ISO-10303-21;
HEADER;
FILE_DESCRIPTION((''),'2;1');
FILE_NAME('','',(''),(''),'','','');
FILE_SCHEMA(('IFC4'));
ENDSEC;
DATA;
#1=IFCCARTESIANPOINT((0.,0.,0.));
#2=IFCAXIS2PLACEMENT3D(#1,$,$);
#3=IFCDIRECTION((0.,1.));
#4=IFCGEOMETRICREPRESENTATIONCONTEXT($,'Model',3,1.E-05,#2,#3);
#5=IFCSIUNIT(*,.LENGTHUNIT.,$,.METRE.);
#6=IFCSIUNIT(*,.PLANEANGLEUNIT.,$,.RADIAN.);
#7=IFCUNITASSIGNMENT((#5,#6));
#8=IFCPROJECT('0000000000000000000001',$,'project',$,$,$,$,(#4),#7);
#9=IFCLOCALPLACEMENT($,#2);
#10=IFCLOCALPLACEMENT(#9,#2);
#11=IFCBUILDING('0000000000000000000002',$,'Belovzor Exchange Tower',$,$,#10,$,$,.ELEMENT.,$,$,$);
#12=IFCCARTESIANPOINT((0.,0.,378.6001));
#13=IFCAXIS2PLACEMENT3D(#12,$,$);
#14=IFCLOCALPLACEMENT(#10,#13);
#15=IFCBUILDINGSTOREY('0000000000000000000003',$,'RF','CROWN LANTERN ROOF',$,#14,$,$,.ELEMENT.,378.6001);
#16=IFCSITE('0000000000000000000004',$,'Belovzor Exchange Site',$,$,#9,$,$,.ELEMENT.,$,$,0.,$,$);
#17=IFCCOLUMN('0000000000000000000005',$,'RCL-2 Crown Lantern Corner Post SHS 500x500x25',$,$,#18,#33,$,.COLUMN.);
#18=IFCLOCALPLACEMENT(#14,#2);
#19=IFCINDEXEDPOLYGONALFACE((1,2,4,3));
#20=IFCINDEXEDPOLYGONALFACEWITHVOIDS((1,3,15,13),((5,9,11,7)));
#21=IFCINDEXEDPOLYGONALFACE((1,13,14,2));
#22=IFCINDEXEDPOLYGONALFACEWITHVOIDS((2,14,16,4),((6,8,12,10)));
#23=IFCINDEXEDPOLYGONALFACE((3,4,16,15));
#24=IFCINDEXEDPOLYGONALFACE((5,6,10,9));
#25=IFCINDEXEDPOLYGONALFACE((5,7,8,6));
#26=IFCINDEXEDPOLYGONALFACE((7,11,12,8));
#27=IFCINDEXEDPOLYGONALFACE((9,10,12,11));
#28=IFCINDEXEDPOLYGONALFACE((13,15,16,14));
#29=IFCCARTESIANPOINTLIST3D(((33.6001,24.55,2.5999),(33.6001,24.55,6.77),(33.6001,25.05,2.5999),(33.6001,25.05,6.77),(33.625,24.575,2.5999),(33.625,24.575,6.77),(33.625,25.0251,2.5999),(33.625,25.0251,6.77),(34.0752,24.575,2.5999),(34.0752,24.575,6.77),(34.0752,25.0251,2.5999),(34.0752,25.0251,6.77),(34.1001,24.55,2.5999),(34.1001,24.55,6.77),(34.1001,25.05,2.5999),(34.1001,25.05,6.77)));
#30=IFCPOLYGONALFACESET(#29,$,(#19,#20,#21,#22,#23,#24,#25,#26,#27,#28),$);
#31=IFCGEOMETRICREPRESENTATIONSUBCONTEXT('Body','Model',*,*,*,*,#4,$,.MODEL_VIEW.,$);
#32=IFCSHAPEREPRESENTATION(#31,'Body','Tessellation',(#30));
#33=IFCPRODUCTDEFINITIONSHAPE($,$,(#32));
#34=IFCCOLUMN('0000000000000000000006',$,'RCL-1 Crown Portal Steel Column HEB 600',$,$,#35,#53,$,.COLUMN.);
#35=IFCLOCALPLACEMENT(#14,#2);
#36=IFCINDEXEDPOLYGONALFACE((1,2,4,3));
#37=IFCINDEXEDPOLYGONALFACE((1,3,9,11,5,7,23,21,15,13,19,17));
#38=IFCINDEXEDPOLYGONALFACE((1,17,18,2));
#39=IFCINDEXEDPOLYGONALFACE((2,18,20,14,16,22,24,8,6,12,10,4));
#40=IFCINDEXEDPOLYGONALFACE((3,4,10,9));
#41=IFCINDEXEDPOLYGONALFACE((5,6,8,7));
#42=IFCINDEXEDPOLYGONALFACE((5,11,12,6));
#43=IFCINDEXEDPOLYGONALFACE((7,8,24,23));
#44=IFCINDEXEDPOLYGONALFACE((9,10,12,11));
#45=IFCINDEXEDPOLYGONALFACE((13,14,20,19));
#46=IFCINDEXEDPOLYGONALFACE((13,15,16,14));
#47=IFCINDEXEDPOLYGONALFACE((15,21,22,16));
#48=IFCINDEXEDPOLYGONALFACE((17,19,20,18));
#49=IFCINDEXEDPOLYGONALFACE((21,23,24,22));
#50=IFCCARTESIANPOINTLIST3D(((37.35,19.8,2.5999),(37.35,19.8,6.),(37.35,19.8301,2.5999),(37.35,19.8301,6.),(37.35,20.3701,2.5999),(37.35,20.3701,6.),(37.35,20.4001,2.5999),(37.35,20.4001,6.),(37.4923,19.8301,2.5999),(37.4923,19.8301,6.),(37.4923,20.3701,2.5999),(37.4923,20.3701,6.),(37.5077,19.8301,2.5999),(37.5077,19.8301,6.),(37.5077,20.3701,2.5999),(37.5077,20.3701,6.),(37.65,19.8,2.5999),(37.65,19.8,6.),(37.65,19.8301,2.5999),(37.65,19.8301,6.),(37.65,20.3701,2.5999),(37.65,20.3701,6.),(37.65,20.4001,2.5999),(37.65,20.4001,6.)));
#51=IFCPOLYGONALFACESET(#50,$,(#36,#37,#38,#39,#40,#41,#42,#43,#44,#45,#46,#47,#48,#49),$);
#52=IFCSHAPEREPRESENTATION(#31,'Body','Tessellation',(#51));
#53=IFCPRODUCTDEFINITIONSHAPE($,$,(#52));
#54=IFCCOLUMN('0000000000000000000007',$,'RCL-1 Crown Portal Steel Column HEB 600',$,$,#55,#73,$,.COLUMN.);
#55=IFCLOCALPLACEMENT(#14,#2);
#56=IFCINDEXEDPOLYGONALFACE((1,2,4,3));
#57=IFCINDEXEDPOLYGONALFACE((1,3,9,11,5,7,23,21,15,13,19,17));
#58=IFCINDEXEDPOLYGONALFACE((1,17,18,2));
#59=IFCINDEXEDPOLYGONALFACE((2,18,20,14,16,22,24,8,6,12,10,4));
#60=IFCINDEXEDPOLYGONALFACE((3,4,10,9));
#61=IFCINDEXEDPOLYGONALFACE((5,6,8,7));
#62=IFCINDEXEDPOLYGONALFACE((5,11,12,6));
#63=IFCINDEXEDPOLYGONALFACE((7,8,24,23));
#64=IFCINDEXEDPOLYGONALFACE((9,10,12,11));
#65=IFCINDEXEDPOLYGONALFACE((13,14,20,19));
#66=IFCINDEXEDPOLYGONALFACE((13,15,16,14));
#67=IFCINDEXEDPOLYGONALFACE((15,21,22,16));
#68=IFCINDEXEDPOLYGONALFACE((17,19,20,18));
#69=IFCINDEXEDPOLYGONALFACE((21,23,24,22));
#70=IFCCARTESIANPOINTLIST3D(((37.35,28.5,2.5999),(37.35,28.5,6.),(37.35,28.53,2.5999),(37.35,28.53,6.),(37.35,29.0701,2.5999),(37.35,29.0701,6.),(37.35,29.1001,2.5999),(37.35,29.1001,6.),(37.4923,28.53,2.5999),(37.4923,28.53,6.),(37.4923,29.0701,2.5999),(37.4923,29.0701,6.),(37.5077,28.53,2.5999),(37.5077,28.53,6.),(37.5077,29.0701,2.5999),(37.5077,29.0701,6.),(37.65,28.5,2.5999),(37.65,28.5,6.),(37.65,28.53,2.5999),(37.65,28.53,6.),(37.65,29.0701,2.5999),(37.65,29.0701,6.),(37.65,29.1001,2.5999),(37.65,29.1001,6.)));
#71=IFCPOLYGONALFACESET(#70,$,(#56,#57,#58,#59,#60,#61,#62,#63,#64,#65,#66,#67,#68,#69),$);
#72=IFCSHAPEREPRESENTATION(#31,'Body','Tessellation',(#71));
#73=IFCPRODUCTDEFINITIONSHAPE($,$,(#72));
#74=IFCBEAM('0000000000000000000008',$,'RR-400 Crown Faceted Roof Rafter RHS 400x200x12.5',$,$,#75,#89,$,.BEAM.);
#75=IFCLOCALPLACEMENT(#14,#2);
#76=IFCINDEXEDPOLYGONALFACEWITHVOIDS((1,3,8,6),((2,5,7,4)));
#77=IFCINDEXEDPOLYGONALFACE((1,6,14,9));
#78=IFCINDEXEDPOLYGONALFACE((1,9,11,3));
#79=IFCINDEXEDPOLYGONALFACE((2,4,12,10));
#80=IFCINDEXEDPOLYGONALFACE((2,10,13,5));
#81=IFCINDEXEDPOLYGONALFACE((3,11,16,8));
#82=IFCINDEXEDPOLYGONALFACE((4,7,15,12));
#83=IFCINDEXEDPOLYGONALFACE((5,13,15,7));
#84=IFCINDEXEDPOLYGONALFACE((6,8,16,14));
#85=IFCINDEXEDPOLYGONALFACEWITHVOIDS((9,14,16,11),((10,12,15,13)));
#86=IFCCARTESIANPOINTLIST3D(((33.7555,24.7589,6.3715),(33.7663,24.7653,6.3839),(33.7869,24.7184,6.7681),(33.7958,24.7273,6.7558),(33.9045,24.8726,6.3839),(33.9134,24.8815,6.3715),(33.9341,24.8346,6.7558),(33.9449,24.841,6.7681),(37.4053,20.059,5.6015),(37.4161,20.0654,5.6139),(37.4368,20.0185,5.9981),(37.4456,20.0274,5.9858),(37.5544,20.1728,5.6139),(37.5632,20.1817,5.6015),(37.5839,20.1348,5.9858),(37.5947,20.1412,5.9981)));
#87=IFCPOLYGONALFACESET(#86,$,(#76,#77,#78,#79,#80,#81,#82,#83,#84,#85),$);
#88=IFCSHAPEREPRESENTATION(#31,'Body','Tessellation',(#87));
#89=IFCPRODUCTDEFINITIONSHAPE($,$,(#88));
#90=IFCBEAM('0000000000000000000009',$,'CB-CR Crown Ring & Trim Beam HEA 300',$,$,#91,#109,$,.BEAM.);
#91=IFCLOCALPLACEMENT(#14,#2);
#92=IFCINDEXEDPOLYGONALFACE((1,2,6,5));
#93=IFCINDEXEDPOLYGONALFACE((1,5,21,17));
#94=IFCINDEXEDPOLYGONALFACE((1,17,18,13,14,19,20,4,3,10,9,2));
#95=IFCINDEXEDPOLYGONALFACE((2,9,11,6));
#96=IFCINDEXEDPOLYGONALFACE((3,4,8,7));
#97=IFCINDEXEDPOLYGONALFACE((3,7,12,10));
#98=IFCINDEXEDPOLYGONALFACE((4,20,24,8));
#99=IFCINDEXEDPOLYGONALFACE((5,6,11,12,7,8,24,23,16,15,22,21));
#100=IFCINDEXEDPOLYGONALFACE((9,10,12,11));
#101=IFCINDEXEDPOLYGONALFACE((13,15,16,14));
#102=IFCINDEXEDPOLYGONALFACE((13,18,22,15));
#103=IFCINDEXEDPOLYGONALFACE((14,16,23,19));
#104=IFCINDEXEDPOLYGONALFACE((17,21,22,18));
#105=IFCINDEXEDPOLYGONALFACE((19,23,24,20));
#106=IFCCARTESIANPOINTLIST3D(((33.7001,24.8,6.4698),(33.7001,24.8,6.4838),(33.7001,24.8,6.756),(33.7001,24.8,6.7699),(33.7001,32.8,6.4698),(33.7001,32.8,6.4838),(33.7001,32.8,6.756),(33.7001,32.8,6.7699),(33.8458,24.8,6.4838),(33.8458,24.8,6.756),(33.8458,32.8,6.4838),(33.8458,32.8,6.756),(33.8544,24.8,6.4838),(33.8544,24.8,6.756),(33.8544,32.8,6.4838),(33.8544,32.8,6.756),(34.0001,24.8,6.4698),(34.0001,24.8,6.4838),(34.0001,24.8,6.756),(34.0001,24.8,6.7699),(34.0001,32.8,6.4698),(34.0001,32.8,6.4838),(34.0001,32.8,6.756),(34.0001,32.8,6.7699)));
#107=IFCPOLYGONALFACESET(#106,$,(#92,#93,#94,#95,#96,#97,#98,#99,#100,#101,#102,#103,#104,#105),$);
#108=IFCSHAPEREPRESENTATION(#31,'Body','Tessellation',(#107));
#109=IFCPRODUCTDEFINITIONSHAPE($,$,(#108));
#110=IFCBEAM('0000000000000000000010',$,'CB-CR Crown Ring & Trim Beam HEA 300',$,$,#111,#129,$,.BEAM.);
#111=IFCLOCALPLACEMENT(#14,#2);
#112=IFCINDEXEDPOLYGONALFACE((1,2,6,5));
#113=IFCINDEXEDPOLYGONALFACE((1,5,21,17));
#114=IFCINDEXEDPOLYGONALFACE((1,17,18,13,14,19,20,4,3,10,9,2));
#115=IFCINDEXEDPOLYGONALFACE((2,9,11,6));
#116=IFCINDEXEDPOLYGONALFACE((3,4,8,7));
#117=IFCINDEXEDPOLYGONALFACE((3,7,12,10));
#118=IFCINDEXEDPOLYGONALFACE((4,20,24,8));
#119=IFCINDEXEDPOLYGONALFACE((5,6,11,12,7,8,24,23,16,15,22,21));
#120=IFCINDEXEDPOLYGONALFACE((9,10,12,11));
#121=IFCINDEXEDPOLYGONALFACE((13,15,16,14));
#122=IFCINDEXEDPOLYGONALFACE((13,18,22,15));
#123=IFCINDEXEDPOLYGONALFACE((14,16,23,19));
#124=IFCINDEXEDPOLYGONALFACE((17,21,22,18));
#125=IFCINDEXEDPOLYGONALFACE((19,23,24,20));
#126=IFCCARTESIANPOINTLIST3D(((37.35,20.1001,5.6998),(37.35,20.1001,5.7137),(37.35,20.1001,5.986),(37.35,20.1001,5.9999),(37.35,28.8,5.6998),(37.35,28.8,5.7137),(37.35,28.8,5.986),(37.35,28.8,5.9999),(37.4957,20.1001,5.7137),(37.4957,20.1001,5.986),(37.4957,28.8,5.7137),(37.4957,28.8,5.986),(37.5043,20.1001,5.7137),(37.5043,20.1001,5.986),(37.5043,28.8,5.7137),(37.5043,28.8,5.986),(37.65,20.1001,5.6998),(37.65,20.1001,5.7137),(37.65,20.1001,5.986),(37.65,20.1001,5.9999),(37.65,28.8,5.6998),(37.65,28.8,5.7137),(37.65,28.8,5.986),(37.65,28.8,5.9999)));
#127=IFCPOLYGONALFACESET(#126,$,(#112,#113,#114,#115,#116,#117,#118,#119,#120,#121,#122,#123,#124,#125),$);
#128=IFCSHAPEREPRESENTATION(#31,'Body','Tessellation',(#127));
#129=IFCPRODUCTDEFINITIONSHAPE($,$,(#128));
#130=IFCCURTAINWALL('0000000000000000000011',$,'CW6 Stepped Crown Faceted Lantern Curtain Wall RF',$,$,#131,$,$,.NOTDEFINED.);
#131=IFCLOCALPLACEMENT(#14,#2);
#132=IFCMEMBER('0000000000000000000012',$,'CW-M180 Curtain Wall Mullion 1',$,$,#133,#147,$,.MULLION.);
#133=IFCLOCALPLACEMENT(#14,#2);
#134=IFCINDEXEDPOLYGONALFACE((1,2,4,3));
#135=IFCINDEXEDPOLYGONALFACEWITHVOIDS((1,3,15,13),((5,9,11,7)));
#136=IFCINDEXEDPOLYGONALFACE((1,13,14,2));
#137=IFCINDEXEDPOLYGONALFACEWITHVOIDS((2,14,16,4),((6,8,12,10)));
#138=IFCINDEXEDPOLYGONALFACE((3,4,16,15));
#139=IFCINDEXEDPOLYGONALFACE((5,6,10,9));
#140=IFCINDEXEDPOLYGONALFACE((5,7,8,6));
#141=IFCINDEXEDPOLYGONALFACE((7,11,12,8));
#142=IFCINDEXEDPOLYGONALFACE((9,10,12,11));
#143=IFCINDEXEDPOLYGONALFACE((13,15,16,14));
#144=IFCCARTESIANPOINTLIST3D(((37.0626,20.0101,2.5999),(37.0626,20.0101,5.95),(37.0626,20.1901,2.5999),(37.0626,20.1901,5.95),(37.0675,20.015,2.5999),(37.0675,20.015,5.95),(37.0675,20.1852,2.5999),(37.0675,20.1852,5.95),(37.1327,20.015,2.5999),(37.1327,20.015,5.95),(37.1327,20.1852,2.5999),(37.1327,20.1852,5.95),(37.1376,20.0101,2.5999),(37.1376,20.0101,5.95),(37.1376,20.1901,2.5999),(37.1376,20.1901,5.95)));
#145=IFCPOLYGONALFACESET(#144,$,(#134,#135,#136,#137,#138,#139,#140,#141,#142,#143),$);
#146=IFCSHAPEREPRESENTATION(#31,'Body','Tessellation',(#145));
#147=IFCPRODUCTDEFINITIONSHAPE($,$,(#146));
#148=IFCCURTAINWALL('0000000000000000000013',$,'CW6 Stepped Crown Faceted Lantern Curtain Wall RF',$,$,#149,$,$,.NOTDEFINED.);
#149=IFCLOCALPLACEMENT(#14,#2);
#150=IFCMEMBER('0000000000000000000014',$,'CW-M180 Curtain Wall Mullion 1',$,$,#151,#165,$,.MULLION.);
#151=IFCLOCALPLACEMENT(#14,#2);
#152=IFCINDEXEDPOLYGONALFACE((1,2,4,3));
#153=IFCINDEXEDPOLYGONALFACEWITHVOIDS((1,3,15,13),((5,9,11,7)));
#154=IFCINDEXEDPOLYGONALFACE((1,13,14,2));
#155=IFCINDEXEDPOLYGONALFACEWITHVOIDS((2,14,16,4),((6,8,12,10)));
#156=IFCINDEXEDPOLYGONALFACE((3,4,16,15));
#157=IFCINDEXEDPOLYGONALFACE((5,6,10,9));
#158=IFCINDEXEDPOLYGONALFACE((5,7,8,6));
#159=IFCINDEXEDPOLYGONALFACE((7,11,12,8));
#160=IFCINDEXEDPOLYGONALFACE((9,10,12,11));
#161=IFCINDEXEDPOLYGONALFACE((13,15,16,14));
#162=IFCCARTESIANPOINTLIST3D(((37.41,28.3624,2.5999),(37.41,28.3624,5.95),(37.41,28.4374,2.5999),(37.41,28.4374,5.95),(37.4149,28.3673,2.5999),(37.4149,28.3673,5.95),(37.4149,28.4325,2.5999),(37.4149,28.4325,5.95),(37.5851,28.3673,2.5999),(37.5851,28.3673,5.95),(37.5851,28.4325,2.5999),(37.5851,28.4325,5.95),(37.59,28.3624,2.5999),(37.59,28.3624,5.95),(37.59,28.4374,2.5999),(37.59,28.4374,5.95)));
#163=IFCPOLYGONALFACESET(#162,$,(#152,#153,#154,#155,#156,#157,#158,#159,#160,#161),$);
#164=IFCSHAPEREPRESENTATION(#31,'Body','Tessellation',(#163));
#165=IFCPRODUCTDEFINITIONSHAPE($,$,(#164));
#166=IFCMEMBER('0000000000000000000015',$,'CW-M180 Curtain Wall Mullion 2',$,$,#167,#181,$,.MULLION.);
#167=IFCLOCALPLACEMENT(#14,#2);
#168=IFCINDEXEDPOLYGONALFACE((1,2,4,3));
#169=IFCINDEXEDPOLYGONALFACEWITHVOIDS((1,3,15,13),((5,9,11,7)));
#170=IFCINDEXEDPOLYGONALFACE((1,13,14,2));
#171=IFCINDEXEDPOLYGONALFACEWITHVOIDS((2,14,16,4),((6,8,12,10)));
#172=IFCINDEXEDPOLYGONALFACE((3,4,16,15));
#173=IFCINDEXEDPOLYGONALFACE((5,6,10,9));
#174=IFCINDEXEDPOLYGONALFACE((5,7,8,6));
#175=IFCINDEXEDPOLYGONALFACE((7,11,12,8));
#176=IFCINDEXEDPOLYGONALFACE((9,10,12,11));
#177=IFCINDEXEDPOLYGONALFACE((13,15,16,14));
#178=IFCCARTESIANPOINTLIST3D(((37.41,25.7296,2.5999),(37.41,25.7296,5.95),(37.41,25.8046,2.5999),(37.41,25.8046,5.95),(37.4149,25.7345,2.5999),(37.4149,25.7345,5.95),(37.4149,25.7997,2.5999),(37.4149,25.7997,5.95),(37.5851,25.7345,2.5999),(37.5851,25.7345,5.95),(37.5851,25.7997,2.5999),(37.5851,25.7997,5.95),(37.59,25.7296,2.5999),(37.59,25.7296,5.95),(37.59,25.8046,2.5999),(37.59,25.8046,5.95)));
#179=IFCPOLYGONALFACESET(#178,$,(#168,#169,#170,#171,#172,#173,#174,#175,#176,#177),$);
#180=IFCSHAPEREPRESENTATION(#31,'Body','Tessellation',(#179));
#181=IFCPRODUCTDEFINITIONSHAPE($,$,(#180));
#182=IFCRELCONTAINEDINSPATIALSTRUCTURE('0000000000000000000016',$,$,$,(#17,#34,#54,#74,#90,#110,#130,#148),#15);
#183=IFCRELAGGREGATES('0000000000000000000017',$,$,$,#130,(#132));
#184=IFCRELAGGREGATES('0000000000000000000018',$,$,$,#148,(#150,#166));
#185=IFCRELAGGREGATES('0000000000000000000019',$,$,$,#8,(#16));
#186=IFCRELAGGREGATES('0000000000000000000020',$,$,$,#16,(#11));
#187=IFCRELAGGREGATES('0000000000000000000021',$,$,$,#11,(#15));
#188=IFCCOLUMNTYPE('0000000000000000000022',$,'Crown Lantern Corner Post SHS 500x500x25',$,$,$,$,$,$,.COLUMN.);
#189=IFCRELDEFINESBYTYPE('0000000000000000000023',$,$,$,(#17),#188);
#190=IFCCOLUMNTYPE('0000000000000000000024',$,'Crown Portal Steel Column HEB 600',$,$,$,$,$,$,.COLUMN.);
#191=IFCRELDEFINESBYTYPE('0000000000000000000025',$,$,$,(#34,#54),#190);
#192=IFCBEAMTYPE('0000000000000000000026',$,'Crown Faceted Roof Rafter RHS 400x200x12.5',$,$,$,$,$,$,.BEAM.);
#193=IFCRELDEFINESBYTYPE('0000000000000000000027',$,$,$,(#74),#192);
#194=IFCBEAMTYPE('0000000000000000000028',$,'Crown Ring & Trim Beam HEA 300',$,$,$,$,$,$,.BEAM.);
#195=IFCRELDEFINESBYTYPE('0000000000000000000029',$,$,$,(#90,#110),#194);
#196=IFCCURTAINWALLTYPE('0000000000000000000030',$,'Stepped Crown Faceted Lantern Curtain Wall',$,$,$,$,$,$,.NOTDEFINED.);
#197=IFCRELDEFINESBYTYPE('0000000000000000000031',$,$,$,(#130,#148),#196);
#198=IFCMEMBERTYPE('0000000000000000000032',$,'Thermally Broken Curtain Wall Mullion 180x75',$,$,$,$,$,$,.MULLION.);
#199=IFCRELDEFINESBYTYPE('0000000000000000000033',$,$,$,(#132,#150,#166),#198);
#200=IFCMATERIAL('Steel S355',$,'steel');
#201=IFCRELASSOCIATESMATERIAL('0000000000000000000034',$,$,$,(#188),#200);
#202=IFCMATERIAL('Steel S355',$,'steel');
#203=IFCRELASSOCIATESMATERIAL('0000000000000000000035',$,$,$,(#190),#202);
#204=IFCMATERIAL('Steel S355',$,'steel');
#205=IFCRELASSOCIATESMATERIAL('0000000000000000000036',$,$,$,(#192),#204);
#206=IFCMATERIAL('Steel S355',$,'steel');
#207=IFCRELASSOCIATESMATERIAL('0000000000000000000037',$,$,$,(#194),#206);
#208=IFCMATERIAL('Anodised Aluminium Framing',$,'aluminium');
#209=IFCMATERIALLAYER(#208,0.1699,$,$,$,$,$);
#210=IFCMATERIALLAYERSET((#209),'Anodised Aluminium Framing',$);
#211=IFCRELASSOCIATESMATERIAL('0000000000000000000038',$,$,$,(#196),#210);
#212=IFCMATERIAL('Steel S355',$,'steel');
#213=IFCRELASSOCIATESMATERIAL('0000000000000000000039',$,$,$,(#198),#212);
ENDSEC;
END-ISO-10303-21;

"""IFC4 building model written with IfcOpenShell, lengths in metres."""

from ifc_helpers import new_model, si_unit, direction, frame, origin, origin_2d, place, context, subcontext, project, spatial, hollow_rectangle, i_section, extrude, material, layer, layer_set, material_profile, profile_set, type_object, element, aggregate, save


model = new_model("IFC4")

# Units and contexts
model_context = context("Model", 3, precision=1e-05, world=origin(), true_north=direction((0.0, 1.0)))
body_context = subcontext(model_context, "Body", "Model", "MODEL_VIEW")
ifc_project = project(units=[si_unit("LENGTHUNIT", "METRE"), si_unit("PLANEANGLEUNIT", "RADIAN")], contexts=[model_context])

# Site, building, storey
site_placement = place(None, origin())
site = spatial("IfcSite", under=ifc_project, at=site_placement, Name="Belovzor Exchange Site", CompositionType="ELEMENT", RefElevation=0.0)
building_placement = place(site_placement, origin())
building = spatial("IfcBuilding", under=site, at=building_placement, Name="Belovzor Exchange Tower", CompositionType="ELEMENT")
storey_placement = place(building_placement, frame((0.0, 0.0, 378.6001)))
storey = spatial("IfcBuildingStorey", under=building, at=storey_placement, Name="RF", Description="CROWN LANTERN ROOF", CompositionType="ELEMENT", Elevation=378.6001)

# Columns
ifc_material_1 = material(Name="Steel S355", Category="steel")
ifc_material_profile_1 = material_profile(ifc_material_1, hollow_rectangle(XDim=0.5, YDim=0.5, WallThickness=0.0249, at=origin_2d()))
ifc_profile_set_1 = profile_set([ifc_material_profile_1], Name="Steel S355")
column_type_1 = type_object("IfcColumnType", Name="Crown Lantern Corner Post SHS 500x500x25", PredefinedType="COLUMN", material=ifc_profile_set_1)
column_placement = place(storey_placement, frame((33.8501, 24.8, 2.5999), z_axis=(0.0, 0.0, 1.0), x_axis=(1.0, 0.0, 0.0)))
element("IfcColumn", 1, at=column_placement, inside=storey, type_object=column_type_1, Name="RCL-2 Crown Lantern Corner Post SHS 500x500x25", PredefinedType="COLUMN", context=body_context, shape_type="SweptSolid", body=[
    extrude(hollow_rectangle(XDim=0.5, YDim=0.5, WallThickness=0.0249, at=origin_2d()), origin(), (0.0, 0.0, 1.0), 4.1702),
])
ifc_material_2 = material(Name="Steel S355", Category="steel")
ifc_material_profile_2 = material_profile(ifc_material_2, i_section(OverallWidth=0.3, OverallDepth=0.6001, WebThickness=0.0154, FlangeThickness=0.03, at=origin_2d()))
ifc_profile_set_2 = profile_set([ifc_material_profile_2], Name="Steel S355")
column_type_2 = type_object("IfcColumnType", Name="Crown Portal Steel Column HEB 600", PredefinedType="COLUMN", material=ifc_profile_set_2)
for number, where, z_axis, x_axis, name in (
    (2, (37.5, 20.1001, 2.5999), (0.0, 0.0, 1.0), (1.0, 0.0, 0.0), "RCL-1 Crown Portal Steel Column HEB 600"),
    (3, (37.5, 28.8, 2.5999), (0.0, 0.0, 1.0), (1.0, 0.0, 0.0), "RCL-1 Crown Portal Steel Column HEB 600"),
):
    element("IfcColumn", number, at=place(storey_placement, frame(where, z_axis=z_axis, x_axis=x_axis)), inside=storey, type_object=column_type_2, Name=name, PredefinedType="COLUMN", context=body_context, shape_type="SweptSolid", body=[
        extrude(i_section(OverallWidth=0.3, OverallDepth=0.6001, WebThickness=0.0154, FlangeThickness=0.03, at=origin_2d()), origin(), (0.0, 0.0, 1.0), 3.4001),
    ])

# Beams
ifc_material_3 = material(Name="Steel S355", Category="steel")
ifc_material_profile_3 = material_profile(ifc_material_3, hollow_rectangle(XDim=0.2, YDim=0.3999, WallThickness=0.0125, at=origin_2d()))
ifc_profile_set_3 = profile_set([ifc_material_profile_3], Name="Steel S355")
beam_type_1 = type_object("IfcBeamType", Name="Crown Faceted Roof Rafter RHS 400x200x12.5", PredefinedType="BEAM", material=ifc_profile_set_3)
beam_1_placement = place(storey_placement, frame((37.5, 20.1001, 5.7998), z_axis=(-0.608281, 0.783279, 0.128329), x_axis=(-0.789809, -0.613352, 0.0)))
element("IfcBeam", 4, at=beam_1_placement, inside=storey, type_object=beam_type_1, Name="RR-400 Crown Faceted Roof Rafter RHS 400x200x12.5", PredefinedType="BEAM", context=body_context, shape_type="SweptSolid", body=[
    extrude(hollow_rectangle(XDim=0.2, YDim=0.3999, WallThickness=0.0125, at=origin_2d()), origin(), (0.0, 0.0, 1.0), 6.0002),
])
ifc_material_4 = material(Name="Steel S355", Category="steel")
ifc_material_profile_4 = material_profile(ifc_material_4, i_section(OverallWidth=0.3, OverallDepth=0.3, WebThickness=0.0085, FlangeThickness=0.0139, at=origin_2d()))
ifc_profile_set_4 = profile_set([ifc_material_profile_4], Name="Steel S355")
beam_type_2 = type_object("IfcBeamType", Name="Crown Ring & Trim Beam HEA 300", PredefinedType="BEAM", material=ifc_profile_set_4)
beam_2_placement = place(storey_placement, frame((33.8501, 24.8, 6.6199), z_axis=(0.0, 1.0, 0.0), x_axis=(-1.0, 0.0, 0.0)))
element("IfcBeam", 5, at=beam_2_placement, inside=storey, type_object=beam_type_2, Name="CB-CR Crown Ring & Trim Beam HEA 300", PredefinedType="BEAM", context=body_context, shape_type="SweptSolid", body=[
    extrude(i_section(OverallWidth=0.3, OverallDepth=0.3, WebThickness=0.0085, FlangeThickness=0.0139, at=origin_2d()), origin(), (0.0, 0.0, 1.0), 8.0),
])
beam_3_placement = place(storey_placement, frame((37.5, 20.1001, 5.8499), z_axis=(0.0, 1.0, 0.0), x_axis=(-1.0, 0.0, 0.0)))
element("IfcBeam", 6, at=beam_3_placement, inside=storey, type_object=beam_type_2, Name="CB-CR Crown Ring & Trim Beam HEA 300", PredefinedType="BEAM", context=body_context, shape_type="SweptSolid", body=[
    extrude(i_section(OverallWidth=0.3, OverallDepth=0.3, WebThickness=0.0085, FlangeThickness=0.0139, at=origin_2d()), origin(), (0.0, 0.0, 1.0), 8.7),
])

# Curtain wall, member
ifc_material_5 = material(Name="Anodised Aluminium Framing", Category="aluminium")
ifc_layer_1 = layer(ifc_material_5, 0.1699)
ifc_layer_set_1 = layer_set([ifc_layer_1], Name="Anodised Aluminium Framing")
curtain_wall_type = type_object("IfcCurtainWallType", Name="Stepped Crown Faceted Lantern Curtain Wall", PredefinedType="NOTDEFINED", material=ifc_layer_set_1)
curtain_wall_1_placement = place(storey_placement, origin())
curtain_wall_1 = element("IfcCurtainWall", 7, at=curtain_wall_1_placement, inside=storey, type_object=curtain_wall_type, Name="CW6 Stepped Crown Faceted Lantern Curtain Wall RF", PredefinedType="NOTDEFINED")
ifc_material_6 = material(Name="Steel S355", Category="steel")
ifc_material_profile_5 = material_profile(ifc_material_6, hollow_rectangle(XDim=0.075, YDim=0.1799, WallThickness=0.0049, at=origin_2d()))
ifc_profile_set_5 = profile_set([ifc_material_profile_5], Name="Steel S355")
member_type_1 = type_object("IfcMemberType", Name="Thermally Broken Curtain Wall Mullion 180x75", PredefinedType="MULLION", material=ifc_profile_set_5)
member_1_placement = place(storey_placement, frame((37.1001, 20.1001, 2.5999), z_axis=(0.0, 0.0, 1.0), x_axis=(-1.0, 0.0, 0.0)))
member_1 = element("IfcMember", 8, at=member_1_placement, type_object=member_type_1, Name="CW-M180 Curtain Wall Mullion 1", PredefinedType="MULLION", context=body_context, shape_type="SweptSolid", body=[
    extrude(hollow_rectangle(XDim=0.075, YDim=0.1799, WallThickness=0.0049, at=origin_2d()), origin(), (0.0, 0.0, 1.0), 3.3501),
])

# Curtain wall, members
curtain_wall_2_placement = place(storey_placement, origin())
curtain_wall_2 = element("IfcCurtainWall", 9, at=curtain_wall_2_placement, inside=storey, type_object=curtain_wall_type, Name="CW6 Stepped Crown Faceted Lantern Curtain Wall RF", PredefinedType="NOTDEFINED")
member_2_placement = place(storey_placement, frame((37.5, 28.3999, 2.5999), z_axis=(0.0, 0.0, 1.0), x_axis=(0.0, -1.0, 0.0)))
member_2 = element("IfcMember", 10, at=member_2_placement, type_object=member_type_1, Name="CW-M180 Curtain Wall Mullion 1", PredefinedType="MULLION", context=body_context, shape_type="SweptSolid", body=[
    extrude(hollow_rectangle(XDim=0.075, YDim=0.1799, WallThickness=0.0049, at=origin_2d()), origin(), (0.0, 0.0, 1.0), 3.3501),
])
member_3_placement = place(storey_placement, frame((37.5, 25.7671, 2.5999), z_axis=(0.0, 0.0, 1.0), x_axis=(0.0, -1.0, 0.0)))
member_3 = element("IfcMember", 11, at=member_3_placement, type_object=member_type_1, Name="CW-M180 Curtain Wall Mullion 2", PredefinedType="MULLION", context=body_context, shape_type="SweptSolid", body=[
    extrude(hollow_rectangle(XDim=0.075, YDim=0.1799, WallThickness=0.0049, at=origin_2d()), origin(), (0.0, 0.0, 1.0), 3.3501),
])

aggregate(curtain_wall_1, [member_1])

aggregate(curtain_wall_2, [member_2, member_3])

save(model, "model.ifc")
